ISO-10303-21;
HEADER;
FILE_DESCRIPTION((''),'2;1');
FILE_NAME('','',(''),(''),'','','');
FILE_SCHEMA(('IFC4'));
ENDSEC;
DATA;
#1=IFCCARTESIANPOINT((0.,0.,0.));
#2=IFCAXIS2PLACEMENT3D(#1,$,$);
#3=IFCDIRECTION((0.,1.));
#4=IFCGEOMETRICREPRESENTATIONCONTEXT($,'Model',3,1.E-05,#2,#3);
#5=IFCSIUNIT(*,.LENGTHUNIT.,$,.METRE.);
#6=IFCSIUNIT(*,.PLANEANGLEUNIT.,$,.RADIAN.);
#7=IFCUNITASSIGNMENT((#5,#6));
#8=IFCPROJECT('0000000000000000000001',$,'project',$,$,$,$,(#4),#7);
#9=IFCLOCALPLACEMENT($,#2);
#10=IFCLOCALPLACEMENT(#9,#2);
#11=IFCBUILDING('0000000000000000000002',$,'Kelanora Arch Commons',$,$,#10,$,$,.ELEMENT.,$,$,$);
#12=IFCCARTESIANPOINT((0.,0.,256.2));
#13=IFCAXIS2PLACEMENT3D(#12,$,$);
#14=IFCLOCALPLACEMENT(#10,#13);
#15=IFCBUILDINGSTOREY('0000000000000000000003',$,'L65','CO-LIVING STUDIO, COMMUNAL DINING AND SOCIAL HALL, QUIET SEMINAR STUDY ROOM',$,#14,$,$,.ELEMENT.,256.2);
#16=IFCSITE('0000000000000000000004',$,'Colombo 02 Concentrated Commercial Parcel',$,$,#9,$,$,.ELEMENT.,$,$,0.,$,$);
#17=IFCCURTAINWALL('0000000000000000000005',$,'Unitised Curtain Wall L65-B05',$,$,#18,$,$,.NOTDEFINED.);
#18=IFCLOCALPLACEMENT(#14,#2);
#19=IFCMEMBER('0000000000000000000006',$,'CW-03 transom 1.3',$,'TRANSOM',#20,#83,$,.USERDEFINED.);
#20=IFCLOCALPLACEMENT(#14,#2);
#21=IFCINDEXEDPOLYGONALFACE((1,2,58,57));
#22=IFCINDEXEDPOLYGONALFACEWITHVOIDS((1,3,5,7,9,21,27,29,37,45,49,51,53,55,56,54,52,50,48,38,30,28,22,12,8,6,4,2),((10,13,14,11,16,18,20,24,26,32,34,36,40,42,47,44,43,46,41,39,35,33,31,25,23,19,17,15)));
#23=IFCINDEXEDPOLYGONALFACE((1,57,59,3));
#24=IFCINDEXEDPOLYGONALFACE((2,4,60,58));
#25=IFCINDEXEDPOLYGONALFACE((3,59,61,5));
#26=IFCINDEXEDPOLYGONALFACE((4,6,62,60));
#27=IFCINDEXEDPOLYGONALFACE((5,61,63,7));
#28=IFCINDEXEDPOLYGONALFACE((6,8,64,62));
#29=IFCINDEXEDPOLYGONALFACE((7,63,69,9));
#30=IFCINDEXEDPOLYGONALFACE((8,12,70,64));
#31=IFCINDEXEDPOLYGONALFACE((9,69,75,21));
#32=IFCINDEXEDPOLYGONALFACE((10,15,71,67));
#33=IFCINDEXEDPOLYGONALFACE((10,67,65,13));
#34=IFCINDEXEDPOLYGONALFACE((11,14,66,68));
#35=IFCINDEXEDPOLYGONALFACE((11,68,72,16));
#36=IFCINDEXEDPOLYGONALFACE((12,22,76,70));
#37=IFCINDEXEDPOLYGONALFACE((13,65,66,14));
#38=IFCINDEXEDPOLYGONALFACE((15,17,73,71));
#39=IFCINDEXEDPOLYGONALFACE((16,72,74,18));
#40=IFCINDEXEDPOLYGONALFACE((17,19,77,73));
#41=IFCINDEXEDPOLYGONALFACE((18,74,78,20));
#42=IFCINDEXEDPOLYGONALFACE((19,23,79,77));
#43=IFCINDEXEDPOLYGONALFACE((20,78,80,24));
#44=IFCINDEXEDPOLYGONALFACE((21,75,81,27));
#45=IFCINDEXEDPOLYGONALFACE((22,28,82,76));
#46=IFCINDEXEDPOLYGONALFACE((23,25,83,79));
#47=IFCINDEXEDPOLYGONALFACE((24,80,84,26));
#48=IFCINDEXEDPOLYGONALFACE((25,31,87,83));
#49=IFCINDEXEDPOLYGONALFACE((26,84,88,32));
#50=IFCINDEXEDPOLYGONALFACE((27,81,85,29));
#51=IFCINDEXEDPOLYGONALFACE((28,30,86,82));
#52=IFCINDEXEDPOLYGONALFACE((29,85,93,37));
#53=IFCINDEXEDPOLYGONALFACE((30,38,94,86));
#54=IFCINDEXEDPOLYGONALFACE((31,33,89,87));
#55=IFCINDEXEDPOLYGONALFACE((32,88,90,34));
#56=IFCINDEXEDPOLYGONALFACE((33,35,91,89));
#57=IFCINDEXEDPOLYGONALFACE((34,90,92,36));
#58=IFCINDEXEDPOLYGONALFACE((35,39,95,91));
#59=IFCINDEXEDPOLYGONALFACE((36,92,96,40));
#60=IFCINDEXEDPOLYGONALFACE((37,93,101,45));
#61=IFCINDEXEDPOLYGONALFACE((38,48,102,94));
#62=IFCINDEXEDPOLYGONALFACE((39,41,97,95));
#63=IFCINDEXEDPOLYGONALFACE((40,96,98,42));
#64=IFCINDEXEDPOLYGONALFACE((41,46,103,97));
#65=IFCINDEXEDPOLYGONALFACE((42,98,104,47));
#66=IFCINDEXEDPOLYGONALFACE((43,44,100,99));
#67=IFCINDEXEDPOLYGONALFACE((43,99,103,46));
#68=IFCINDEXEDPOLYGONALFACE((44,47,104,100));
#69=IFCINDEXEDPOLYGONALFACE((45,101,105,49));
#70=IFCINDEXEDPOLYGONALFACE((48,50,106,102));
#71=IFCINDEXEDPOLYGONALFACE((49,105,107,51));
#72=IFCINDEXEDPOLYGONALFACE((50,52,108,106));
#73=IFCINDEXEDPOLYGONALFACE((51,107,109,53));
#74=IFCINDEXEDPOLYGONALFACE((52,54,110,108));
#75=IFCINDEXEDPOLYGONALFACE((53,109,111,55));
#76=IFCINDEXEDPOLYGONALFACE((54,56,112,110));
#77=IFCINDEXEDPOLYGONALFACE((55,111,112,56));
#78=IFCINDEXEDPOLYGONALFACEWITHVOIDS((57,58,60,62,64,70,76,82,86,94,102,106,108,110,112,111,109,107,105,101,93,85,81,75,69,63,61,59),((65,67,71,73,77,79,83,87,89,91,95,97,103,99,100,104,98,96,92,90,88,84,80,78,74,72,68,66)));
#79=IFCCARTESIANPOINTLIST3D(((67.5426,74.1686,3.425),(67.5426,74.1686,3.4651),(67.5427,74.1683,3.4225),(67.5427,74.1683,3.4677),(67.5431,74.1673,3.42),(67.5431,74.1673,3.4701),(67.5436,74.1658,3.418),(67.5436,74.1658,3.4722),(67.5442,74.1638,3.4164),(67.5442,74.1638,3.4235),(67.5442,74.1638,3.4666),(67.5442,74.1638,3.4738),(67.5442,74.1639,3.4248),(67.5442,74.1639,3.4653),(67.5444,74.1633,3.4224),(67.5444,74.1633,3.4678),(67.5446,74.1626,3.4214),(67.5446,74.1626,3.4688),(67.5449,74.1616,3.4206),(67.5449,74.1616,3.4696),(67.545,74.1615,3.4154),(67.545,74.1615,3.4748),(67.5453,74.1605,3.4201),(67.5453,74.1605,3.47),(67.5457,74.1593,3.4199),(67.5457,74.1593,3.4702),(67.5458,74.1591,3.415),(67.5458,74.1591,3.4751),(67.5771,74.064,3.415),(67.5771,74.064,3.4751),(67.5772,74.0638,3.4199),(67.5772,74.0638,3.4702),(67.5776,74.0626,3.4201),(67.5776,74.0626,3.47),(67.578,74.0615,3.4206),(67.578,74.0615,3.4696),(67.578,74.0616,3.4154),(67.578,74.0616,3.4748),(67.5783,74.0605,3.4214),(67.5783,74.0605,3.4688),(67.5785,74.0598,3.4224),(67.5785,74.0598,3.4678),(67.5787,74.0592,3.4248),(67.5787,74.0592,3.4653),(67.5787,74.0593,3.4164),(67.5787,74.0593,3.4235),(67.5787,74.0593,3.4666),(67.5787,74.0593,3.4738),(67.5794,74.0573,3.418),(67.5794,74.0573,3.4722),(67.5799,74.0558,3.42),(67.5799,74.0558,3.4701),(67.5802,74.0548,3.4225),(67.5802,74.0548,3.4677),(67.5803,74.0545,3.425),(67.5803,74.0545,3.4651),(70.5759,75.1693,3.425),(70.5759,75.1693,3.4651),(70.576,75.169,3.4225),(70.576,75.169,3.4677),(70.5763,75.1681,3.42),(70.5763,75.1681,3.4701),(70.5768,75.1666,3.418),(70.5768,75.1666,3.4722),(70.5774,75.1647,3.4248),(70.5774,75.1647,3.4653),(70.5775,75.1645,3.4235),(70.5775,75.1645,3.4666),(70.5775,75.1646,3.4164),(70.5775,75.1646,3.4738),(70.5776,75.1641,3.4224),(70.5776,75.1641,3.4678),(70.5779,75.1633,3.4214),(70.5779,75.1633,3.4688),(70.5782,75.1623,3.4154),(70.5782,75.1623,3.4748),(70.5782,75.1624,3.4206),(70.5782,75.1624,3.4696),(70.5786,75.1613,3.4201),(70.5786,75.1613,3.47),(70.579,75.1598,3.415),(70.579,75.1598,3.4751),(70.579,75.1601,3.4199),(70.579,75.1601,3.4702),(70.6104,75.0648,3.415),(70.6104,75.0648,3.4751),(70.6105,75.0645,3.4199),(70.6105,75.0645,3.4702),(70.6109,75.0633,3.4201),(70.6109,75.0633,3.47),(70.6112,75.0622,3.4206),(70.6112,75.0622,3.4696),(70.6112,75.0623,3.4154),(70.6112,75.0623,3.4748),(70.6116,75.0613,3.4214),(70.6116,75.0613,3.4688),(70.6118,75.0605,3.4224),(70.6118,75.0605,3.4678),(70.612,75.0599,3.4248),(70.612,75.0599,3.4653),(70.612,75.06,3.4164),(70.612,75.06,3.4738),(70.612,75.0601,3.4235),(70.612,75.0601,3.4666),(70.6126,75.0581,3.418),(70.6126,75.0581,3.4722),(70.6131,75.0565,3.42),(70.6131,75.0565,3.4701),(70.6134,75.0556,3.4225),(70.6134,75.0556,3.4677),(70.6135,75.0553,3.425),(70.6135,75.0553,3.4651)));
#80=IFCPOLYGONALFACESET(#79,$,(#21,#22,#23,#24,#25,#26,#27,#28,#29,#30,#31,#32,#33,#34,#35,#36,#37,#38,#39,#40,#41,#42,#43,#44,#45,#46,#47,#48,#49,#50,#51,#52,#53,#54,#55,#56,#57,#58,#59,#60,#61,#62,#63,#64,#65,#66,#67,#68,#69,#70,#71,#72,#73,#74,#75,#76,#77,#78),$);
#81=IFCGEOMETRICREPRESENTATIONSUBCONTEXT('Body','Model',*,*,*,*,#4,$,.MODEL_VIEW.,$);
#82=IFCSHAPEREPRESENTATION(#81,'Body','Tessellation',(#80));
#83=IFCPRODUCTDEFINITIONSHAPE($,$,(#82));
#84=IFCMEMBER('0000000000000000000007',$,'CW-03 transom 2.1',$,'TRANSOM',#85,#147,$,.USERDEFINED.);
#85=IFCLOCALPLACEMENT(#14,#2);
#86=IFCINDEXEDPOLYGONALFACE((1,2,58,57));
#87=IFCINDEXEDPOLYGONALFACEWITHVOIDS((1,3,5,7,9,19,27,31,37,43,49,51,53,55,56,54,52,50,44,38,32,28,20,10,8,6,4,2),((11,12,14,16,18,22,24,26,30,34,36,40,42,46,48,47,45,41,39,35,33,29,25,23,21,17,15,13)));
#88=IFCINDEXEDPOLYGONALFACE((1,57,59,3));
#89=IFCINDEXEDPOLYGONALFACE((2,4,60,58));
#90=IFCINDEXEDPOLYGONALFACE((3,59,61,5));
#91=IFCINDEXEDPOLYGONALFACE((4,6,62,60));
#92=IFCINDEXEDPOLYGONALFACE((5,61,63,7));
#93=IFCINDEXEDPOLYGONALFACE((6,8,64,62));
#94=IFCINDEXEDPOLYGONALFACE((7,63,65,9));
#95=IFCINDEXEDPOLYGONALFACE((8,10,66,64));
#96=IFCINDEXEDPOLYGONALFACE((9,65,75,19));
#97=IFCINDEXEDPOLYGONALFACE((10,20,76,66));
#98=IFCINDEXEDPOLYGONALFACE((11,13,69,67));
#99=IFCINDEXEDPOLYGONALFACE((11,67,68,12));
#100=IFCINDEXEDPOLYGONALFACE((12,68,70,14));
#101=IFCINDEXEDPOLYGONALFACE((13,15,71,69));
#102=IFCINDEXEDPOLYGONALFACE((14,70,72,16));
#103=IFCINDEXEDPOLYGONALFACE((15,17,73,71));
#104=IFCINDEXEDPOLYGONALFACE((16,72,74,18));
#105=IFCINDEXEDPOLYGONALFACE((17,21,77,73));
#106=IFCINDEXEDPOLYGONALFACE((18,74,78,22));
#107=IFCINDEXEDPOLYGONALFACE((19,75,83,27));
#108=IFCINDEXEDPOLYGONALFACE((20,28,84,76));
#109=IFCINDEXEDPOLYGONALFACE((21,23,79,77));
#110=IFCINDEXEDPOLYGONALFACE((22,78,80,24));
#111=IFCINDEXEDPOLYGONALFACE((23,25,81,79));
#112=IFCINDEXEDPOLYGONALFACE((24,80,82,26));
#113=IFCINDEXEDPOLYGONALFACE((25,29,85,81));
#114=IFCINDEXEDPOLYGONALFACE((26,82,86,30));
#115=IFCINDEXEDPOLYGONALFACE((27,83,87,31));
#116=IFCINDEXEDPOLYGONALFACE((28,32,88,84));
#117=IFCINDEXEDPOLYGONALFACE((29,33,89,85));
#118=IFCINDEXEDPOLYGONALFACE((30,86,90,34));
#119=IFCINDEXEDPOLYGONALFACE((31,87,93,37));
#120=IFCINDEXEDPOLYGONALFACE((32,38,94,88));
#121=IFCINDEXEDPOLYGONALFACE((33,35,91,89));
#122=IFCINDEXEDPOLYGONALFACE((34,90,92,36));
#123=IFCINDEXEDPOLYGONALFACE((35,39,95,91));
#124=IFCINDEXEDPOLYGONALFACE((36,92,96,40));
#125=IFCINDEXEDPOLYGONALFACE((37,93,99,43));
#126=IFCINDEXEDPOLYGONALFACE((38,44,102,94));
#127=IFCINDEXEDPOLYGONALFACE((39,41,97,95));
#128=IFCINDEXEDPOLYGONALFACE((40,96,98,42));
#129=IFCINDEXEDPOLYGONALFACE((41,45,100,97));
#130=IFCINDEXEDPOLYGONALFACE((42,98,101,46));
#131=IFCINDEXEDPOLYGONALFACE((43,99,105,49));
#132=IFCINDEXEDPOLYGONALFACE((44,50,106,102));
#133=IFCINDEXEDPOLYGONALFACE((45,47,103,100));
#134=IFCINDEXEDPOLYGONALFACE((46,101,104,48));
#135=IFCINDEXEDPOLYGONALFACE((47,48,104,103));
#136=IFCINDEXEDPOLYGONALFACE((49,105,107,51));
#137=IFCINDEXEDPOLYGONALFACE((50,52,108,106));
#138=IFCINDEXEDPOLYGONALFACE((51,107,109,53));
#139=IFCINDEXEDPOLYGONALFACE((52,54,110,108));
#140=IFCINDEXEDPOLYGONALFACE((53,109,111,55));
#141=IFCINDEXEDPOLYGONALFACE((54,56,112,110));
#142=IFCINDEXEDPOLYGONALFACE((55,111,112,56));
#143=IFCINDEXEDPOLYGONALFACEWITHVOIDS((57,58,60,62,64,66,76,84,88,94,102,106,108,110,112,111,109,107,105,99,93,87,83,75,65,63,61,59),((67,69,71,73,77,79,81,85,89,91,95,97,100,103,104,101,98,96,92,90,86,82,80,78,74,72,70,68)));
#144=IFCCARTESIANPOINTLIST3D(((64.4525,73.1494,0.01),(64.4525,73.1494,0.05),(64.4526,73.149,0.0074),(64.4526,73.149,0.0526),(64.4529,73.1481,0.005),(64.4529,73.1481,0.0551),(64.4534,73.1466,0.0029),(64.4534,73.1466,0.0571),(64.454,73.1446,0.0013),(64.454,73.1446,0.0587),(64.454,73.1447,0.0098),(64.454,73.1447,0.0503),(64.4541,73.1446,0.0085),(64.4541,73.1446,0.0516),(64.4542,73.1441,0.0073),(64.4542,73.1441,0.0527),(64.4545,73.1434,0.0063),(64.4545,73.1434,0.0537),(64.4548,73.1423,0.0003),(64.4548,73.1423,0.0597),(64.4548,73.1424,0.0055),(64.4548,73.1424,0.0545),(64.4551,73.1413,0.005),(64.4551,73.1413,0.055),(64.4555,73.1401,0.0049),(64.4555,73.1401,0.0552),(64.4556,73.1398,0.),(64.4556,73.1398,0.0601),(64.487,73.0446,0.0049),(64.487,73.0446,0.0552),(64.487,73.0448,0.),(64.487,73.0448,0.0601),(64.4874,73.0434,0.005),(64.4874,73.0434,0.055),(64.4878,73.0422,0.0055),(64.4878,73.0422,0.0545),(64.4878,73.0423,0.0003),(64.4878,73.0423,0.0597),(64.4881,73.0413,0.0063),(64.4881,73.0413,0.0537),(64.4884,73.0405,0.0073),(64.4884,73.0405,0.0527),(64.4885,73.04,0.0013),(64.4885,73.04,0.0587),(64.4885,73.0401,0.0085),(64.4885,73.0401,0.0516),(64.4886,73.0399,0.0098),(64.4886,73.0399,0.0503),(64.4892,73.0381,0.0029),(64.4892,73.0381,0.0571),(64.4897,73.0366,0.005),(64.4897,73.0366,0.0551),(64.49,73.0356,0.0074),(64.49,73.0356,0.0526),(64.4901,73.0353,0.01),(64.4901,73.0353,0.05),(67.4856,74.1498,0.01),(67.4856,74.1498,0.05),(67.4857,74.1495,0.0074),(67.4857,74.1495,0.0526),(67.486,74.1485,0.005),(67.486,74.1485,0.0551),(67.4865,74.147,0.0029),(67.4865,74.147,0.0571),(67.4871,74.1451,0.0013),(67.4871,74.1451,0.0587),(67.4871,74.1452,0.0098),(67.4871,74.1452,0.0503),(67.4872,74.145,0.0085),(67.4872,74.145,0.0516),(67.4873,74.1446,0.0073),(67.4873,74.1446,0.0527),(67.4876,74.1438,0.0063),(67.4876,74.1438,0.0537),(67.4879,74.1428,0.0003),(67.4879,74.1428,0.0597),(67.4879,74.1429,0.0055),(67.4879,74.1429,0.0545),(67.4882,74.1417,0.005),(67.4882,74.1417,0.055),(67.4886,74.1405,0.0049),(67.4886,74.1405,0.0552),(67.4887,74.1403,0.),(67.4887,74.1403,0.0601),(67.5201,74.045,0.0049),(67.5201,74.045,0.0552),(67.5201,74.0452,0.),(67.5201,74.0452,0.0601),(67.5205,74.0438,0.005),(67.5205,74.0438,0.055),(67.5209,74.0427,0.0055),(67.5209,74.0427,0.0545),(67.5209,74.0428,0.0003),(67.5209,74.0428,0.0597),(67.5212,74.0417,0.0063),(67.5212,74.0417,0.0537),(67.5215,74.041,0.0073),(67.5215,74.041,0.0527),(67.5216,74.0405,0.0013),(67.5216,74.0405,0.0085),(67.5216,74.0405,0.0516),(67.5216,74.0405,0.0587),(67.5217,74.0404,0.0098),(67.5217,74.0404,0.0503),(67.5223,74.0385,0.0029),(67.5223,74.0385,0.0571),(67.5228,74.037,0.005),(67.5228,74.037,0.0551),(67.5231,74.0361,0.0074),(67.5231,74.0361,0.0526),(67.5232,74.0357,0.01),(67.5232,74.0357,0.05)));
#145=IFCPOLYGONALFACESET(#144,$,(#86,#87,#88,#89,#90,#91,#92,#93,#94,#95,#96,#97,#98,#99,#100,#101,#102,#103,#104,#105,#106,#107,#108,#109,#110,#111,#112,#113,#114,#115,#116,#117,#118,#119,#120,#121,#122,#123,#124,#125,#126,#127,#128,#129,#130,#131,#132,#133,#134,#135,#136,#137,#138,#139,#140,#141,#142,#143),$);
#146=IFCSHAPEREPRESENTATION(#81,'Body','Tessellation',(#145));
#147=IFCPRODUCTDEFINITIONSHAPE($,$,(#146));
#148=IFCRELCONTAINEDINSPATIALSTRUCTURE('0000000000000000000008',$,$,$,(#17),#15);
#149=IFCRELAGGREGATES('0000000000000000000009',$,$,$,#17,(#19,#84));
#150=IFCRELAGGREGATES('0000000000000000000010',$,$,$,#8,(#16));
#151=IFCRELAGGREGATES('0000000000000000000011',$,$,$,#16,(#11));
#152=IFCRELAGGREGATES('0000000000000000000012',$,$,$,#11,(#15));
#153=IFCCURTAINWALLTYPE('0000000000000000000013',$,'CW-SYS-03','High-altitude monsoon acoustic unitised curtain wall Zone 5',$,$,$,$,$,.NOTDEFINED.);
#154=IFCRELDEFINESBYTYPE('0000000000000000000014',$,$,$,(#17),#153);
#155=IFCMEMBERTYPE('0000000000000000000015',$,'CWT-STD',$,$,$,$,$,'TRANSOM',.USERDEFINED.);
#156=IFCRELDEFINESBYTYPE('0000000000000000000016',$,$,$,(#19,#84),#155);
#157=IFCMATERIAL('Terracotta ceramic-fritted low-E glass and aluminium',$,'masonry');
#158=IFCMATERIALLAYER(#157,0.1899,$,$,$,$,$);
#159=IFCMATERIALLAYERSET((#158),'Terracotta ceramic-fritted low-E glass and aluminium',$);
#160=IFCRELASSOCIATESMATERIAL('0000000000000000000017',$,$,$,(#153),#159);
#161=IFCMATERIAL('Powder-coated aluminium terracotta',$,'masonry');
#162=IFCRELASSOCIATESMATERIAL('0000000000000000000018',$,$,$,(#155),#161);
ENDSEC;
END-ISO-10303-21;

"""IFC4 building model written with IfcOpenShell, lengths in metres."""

from ifc_helpers import new_model, si_unit, direction, frame, origin, origin_2d, place, context, subcontext, project, spatial, hollow_rectangle, extrude, material, layer, layer_set, material_profile, profile_set, type_object, element, aggregate, save


model = new_model("IFC4")

# Units and contexts
model_context = context("Model", 3, precision=1e-05, world=origin(), true_north=direction((0.0, 1.0)))
body_context = subcontext(model_context, "Body", "Model", "MODEL_VIEW")
ifc_project = project(units=[si_unit("LENGTHUNIT", "METRE"), si_unit("PLANEANGLEUNIT", "RADIAN")], contexts=[model_context])

# Site, building, storey
site_placement = place(None, origin())
site = spatial("IfcSite", under=ifc_project, at=site_placement, Name="Colombo 02 Concentrated Commercial Parcel", CompositionType="ELEMENT", RefElevation=0.0)
building_placement = place(site_placement, origin())
building = spatial("IfcBuilding", under=site, at=building_placement, Name="Kelanora Arch Commons", CompositionType="ELEMENT")
storey_placement = place(building_placement, frame((0.0, 0.0, 256.2)))
storey = spatial("IfcBuildingStorey", under=building, at=storey_placement, Name="L65", Description="CO-LIVING STUDIO, COMMUNAL DINING AND SOCIAL HALL, QUIET SEMINAR STUDY ROOM", CompositionType="ELEMENT", Elevation=256.2)

# Curtain wall, members
ifc_material_1 = material(Name="Terracotta ceramic-fritted low-E glass and aluminium", Category="masonry")
ifc_layer_1 = layer(ifc_material_1, 0.1899)
ifc_layer_set_1 = layer_set([ifc_layer_1], Name="Terracotta ceramic-fritted low-E glass and aluminium")
curtain_wall_type = type_object("IfcCurtainWallType", Name="CW-SYS-03", Description="High-altitude monsoon acoustic unitised curtain wall Zone 5", PredefinedType="NOTDEFINED", material=ifc_layer_set_1)
curtain_wall_placement = place(storey_placement, origin())
curtain_wall = element("IfcCurtainWall", 1, at=curtain_wall_placement, inside=storey, type_object=curtain_wall_type, Name="Unitised Curtain Wall L65-B05", PredefinedType="NOTDEFINED")
ifc_material_2 = material(Name="Powder-coated aluminium terracotta", Category="masonry")
ifc_material_profile_1 = material_profile(ifc_material_2, hollow_rectangle(XDim=0.1201, YDim=0.0601, WallThickness=0.0049, InnerFilletRadius=0.0049, OuterFilletRadius=0.01, at=origin_2d()), Name="CWT120x60")
ifc_profile_set_1 = profile_set([ifc_material_profile_1], Name="Powder-coated aluminium terracotta")
member_type_1 = type_object("IfcMemberType", Name="CWT-STD", ElementType="TRANSOM", PredefinedType="USERDEFINED", material=ifc_profile_set_1)
member_1_placement = place(storey_placement, frame((70.5947, 75.1123, 3.4451), z_axis=(-0.94965, -0.313314, 0.0), x_axis=(0.313314, -0.94965, 0.0)))
member_1 = element("IfcMember", 2, at=member_1_placement, type_object=member_type_1, Name="CW-03 transom 1.3", ObjectType="TRANSOM", PredefinedType="USERDEFINED", context=body_context, shape_type="SweptSolid", body=[
    extrude(hollow_rectangle(XDim=0.1201, YDim=0.0601, WallThickness=0.0049, InnerFilletRadius=0.0049, OuterFilletRadius=0.01, at=origin_2d()), origin(), (0.0, 0.0, 1.0), 3.1941),
])
member_2_placement = place(storey_placement, frame((67.5044, 74.0928, 0.03), z_axis=(-0.949672, -0.313245, 0.0), x_axis=(0.313245, -0.949672, 0.0)))
member_2 = element("IfcMember", 3, at=member_2_placement, type_object=member_type_1, Name="CW-03 transom 2.1", ObjectType="TRANSOM", PredefinedType="USERDEFINED", context=body_context, shape_type="SweptSolid", body=[
    extrude(hollow_rectangle(XDim=0.1201, YDim=0.0601, WallThickness=0.0049, InnerFilletRadius=0.0049, OuterFilletRadius=0.01, at=origin_2d()), origin(), (0.0, 0.0, 1.0), 3.1938),
])
aggregate(curtain_wall, [member_1, member_2])

save(model, "model.ifc")
